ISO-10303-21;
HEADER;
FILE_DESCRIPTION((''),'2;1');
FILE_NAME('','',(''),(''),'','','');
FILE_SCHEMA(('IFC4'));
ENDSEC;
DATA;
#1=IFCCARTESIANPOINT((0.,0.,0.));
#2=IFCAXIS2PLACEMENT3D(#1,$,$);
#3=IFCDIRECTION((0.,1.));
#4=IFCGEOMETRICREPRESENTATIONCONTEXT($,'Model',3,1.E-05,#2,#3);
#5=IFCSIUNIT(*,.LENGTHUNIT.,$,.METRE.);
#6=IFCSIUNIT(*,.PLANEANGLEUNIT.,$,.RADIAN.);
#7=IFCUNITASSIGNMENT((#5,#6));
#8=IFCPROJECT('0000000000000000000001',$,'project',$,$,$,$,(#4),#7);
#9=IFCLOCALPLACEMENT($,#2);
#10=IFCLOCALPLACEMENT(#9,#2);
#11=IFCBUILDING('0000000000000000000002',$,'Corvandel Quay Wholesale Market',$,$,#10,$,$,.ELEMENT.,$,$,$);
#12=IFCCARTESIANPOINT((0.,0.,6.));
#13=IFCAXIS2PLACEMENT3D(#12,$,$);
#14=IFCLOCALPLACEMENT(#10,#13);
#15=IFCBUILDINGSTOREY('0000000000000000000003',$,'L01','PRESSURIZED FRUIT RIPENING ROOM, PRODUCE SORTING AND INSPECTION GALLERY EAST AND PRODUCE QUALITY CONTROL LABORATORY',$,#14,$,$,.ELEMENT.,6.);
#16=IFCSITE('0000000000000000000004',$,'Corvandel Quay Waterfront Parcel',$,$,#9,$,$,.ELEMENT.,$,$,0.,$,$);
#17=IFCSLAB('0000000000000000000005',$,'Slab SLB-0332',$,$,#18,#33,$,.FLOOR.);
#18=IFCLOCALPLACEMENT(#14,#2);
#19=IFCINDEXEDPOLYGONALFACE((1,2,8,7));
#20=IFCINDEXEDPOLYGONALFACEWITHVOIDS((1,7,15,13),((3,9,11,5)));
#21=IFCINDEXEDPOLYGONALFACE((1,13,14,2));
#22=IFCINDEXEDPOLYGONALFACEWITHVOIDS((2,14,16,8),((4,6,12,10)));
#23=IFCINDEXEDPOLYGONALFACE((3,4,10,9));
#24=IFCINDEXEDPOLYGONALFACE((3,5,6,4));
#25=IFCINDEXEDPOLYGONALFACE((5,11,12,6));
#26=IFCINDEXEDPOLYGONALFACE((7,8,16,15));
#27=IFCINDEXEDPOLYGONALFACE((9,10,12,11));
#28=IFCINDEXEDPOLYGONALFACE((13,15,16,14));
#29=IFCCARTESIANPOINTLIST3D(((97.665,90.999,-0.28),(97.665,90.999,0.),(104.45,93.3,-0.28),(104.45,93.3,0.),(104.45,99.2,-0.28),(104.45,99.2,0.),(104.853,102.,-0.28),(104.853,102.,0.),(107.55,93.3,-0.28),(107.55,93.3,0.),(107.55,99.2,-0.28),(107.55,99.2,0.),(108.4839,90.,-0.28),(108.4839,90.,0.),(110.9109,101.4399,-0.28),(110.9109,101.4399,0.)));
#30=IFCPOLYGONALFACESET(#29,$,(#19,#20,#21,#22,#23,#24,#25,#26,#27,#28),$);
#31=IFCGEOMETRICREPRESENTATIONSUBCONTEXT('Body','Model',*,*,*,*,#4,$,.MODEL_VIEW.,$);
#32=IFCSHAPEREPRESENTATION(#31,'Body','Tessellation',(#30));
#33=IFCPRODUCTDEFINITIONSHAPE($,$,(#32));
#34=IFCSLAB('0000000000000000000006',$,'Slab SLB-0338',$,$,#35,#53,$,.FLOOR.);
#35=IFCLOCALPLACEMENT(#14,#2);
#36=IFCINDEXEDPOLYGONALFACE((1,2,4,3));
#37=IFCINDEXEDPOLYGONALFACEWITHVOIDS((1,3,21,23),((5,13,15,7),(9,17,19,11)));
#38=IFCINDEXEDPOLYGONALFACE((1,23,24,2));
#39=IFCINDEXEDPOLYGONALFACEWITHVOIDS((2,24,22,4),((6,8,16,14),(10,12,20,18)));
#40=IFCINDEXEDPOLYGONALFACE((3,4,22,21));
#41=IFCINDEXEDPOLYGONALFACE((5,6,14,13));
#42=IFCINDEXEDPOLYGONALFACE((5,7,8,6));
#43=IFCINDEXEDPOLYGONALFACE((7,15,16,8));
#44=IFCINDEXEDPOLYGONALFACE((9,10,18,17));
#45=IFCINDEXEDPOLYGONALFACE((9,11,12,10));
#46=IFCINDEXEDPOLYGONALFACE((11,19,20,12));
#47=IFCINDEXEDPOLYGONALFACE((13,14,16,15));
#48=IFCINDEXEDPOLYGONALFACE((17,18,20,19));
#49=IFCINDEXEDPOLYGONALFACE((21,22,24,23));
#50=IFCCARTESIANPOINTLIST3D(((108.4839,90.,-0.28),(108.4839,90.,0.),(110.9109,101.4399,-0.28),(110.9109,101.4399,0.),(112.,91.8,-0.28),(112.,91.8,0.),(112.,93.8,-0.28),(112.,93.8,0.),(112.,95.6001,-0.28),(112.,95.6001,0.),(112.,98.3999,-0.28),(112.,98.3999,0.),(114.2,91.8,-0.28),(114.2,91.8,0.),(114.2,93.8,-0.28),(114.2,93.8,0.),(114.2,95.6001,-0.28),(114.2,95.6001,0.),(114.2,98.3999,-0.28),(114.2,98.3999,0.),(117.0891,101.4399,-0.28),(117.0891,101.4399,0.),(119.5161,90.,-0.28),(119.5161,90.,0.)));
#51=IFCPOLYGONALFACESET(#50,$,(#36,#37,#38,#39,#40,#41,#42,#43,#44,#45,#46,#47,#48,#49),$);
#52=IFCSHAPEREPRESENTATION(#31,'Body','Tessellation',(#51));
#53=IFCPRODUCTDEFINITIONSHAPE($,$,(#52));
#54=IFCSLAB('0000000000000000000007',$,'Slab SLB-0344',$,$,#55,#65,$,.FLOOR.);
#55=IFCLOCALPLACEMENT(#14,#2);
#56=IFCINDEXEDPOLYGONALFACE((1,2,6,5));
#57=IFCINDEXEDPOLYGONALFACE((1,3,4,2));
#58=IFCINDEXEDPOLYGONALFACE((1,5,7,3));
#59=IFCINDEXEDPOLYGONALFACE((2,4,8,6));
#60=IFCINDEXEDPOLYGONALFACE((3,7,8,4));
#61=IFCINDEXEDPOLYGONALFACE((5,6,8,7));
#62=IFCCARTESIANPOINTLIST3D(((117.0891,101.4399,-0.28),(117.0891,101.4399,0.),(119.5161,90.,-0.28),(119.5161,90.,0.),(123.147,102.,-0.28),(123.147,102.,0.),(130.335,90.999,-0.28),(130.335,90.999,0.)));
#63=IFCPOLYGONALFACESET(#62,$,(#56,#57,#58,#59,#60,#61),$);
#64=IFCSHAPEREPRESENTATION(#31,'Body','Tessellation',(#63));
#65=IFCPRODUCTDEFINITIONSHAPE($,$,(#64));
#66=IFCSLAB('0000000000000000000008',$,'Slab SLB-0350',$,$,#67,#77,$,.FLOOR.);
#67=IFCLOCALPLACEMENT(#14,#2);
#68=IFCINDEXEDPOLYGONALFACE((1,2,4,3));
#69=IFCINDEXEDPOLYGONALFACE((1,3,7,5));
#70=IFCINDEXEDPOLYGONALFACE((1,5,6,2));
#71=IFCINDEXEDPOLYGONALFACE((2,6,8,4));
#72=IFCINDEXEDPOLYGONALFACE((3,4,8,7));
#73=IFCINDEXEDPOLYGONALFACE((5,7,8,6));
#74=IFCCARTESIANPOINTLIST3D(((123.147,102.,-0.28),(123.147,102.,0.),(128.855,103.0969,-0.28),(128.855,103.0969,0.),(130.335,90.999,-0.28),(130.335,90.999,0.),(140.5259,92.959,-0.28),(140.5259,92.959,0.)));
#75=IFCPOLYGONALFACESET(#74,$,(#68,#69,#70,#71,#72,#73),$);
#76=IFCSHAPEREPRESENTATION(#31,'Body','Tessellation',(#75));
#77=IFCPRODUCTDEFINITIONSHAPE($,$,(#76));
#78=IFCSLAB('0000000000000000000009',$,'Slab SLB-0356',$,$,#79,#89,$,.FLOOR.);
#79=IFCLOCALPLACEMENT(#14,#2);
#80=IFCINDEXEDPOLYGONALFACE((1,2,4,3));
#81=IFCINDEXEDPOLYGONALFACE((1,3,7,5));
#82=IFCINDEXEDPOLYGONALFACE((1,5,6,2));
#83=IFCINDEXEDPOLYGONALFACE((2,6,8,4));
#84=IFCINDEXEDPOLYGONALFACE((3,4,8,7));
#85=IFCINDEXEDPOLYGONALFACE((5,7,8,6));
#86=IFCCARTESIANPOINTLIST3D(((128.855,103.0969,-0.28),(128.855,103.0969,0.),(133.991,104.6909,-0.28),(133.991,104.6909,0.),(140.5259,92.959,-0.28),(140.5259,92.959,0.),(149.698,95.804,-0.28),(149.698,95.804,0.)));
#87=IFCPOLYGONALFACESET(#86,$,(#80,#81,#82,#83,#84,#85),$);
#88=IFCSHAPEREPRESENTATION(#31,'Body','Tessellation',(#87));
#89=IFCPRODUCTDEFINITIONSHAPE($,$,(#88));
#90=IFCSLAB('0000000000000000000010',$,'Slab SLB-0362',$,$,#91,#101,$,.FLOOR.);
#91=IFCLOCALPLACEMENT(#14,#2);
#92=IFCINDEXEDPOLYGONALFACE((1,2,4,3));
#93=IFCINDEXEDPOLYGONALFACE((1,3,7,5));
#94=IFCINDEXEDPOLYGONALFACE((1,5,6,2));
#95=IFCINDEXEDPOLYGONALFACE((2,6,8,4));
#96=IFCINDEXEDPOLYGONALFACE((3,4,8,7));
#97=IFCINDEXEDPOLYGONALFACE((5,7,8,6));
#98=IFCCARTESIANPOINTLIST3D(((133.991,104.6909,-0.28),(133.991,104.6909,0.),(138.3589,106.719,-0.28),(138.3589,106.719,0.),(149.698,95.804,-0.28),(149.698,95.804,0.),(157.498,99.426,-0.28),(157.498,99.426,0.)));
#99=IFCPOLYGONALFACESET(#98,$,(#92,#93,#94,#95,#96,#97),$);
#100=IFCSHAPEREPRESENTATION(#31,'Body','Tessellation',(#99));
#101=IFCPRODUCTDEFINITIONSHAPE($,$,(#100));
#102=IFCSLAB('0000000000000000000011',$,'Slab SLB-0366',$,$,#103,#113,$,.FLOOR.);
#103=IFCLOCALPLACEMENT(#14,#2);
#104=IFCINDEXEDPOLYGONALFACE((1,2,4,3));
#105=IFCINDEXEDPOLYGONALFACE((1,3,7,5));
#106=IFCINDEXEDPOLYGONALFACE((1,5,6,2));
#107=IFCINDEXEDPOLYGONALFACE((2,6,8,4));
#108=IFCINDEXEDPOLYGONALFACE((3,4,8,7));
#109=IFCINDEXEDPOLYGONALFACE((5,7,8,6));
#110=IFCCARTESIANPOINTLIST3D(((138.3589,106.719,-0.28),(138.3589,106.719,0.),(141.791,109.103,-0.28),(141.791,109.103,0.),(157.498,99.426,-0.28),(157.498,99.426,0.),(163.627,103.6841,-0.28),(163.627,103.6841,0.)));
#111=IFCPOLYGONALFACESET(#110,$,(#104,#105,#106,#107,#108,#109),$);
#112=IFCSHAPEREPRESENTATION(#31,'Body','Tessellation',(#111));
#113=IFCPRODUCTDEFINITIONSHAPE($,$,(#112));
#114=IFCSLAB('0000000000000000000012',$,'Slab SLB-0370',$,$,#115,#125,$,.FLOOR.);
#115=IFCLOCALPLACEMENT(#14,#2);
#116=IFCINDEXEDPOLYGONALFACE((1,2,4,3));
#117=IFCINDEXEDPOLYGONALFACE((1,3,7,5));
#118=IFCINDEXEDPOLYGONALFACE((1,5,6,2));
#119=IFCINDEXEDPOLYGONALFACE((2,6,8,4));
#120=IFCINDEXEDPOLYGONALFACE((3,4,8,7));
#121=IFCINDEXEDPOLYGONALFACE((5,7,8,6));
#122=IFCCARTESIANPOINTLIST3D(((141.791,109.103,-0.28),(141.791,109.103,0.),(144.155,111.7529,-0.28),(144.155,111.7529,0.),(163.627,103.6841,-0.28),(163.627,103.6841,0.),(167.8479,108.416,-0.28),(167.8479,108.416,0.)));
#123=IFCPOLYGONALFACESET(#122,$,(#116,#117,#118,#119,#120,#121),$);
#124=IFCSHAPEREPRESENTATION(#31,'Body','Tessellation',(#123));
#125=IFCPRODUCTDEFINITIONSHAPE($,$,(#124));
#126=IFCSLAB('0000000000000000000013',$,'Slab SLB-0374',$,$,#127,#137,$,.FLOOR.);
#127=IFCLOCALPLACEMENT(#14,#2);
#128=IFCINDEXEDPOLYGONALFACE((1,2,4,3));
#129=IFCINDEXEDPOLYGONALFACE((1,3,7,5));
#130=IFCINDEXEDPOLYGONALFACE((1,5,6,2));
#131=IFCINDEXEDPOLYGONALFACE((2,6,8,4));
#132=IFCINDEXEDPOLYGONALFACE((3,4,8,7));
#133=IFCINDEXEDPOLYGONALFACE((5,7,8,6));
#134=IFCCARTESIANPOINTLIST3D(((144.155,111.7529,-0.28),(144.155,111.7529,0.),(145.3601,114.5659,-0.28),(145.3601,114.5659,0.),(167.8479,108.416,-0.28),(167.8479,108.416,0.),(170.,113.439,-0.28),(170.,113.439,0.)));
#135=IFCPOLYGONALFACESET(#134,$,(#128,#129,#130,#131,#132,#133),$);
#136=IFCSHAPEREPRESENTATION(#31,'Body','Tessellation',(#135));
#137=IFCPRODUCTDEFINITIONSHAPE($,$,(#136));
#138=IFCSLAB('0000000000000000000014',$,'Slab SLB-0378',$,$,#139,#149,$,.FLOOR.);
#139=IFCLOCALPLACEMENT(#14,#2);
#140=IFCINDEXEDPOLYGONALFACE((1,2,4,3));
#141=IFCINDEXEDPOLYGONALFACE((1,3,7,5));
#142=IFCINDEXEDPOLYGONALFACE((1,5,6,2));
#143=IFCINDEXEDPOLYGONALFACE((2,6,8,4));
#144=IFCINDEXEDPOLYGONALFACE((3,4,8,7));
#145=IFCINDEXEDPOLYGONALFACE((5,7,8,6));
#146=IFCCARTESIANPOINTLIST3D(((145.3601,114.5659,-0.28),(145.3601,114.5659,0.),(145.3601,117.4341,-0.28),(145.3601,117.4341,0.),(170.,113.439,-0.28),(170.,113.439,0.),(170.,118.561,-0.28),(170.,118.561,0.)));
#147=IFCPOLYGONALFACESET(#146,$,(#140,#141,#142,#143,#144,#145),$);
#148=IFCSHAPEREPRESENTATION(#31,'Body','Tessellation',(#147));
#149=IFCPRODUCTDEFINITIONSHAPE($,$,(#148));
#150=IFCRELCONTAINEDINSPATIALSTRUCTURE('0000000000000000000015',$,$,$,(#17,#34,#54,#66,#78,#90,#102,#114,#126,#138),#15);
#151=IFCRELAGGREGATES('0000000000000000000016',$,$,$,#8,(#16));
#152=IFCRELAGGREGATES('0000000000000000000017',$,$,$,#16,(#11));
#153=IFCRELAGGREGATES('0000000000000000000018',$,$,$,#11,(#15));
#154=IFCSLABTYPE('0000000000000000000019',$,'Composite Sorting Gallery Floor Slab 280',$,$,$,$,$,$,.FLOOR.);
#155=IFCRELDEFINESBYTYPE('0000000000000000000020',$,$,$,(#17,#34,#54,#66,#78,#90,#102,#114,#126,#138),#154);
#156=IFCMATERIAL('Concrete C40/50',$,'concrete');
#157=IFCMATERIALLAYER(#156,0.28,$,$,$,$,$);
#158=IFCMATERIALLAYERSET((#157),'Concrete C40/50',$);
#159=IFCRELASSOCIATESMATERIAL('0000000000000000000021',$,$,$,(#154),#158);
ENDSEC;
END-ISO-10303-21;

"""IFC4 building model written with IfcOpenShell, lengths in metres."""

from ifc_helpers import new_model, si_unit, direction, frame, origin, place, context, subcontext, project, spatial, polyline, outline, extrude, material, layer, layer_set, type_object, element, save


model = new_model("IFC4")

# Units and contexts
model_context = context("Model", 3, precision=1e-05, world=origin(), true_north=direction((0.0, 1.0)))
body_context = subcontext(model_context, "Body", "Model", "MODEL_VIEW")
ifc_project = project(units=[si_unit("LENGTHUNIT", "METRE"), si_unit("PLANEANGLEUNIT", "RADIAN")], contexts=[model_context])

# Site, building, storey
site_placement = place(None, origin())
site = spatial("IfcSite", under=ifc_project, at=site_placement, Name="Corvandel Quay Waterfront Parcel", CompositionType="ELEMENT", RefElevation=0.0)
building_placement = place(site_placement, origin())
building = spatial("IfcBuilding", under=site, at=building_placement, Name="Corvandel Quay Wholesale Market", CompositionType="ELEMENT")
storey_placement = place(building_placement, frame((0.0, 0.0, 6.0)))
storey = spatial("IfcBuildingStorey", under=building, at=storey_placement, Name="L01", Description="PRESSURIZED FRUIT RIPENING ROOM, PRODUCE SORTING AND INSPECTION GALLERY EAST AND PRODUCE QUALITY CONTROL LABORATORY", CompositionType="ELEMENT", Elevation=6.0)

# Slabs
ifc_material = material(Name="Concrete C40/50", Category="concrete")
ifc_layer_1 = layer(ifc_material, 0.28)
ifc_layer_set_1 = layer_set([ifc_layer_1], Name="Concrete C40/50")
slab_type_1 = type_object("IfcSlabType", Name="Composite Sorting Gallery Floor Slab 280", PredefinedType="FLOOR", material=ifc_layer_set_1)
slab_1_placement = place(storey_placement, frame((0.0, 0.0, -0.28)))
element("IfcSlab", 1, at=slab_1_placement, inside=storey, type_object=slab_type_1, Name="Slab SLB-0332", PredefinedType="FLOOR", context=body_context, shape_type="SweptSolid", body=[
    extrude(outline(polyline([(104.853, 102.0), (110.9109, 101.4399), (108.4839, 90.0), (97.665, 90.999), (104.853, 102.0)]), holes=[polyline([(107.55, 93.3), (107.55, 99.2), (104.45, 99.2), (104.45, 93.3), (107.55, 93.3)])]), origin(), (0.0, 0.0, 1.0), 0.28),
])
slab_2_placement = place(storey_placement, frame((0.0, 0.0, -0.28)))
element("IfcSlab", 2, at=slab_2_placement, inside=storey, type_object=slab_type_1, Name="Slab SLB-0338", PredefinedType="FLOOR", context=body_context, shape_type="SweptSolid", body=[
    extrude(outline(polyline([(110.9109, 101.4399), (117.0891, 101.4399), (119.5161, 90.0), (108.4839, 90.0), (110.9109, 101.4399)]), holes=[polyline([(114.2, 91.8), (114.2, 93.8), (112.0, 93.8), (112.0, 91.8), (114.2, 91.8)]), polyline([(112.0, 95.6001), (114.2, 95.6001), (114.2, 98.3999), (112.0, 98.3999), (112.0, 95.6001)])]), origin(), (0.0, 0.0, 1.0), 0.28),
])
slab_3_placement = place(storey_placement, frame((0.0, 0.0, -0.28)))
element("IfcSlab", 3, at=slab_3_placement, inside=storey, type_object=slab_type_1, Name="Slab SLB-0344", PredefinedType="FLOOR", context=body_context, shape_type="SweptSolid", body=[
    extrude(outline(polyline([(117.0891, 101.4399), (123.147, 102.0), (130.335, 90.999), (119.5161, 90.0), (117.0891, 101.4399)])), origin(), (0.0, 0.0, 1.0), 0.28),
])
slab_4_placement = place(storey_placement, frame((0.0, 0.0, -0.28)))
element("IfcSlab", 4, at=slab_4_placement, inside=storey, type_object=slab_type_1, Name="Slab SLB-0350", PredefinedType="FLOOR", context=body_context, shape_type="SweptSolid", body=[
    extrude(outline(polyline([(123.147, 102.0), (128.855, 103.0969), (140.5259, 92.959), (130.335, 90.999), (123.147, 102.0)])), origin(), (0.0, 0.0, 1.0), 0.28),
])
slab_5_placement = place(storey_placement, frame((0.0, 0.0, -0.28)))
element("IfcSlab", 5, at=slab_5_placement, inside=storey, type_object=slab_type_1, Name="Slab SLB-0356", PredefinedType="FLOOR", context=body_context, shape_type="SweptSolid", body=[
    extrude(outline(polyline([(128.855, 103.0969), (133.991, 104.6909), (149.698, 95.804), (140.5259, 92.959), (128.855, 103.0969)])), origin(), (0.0, 0.0, 1.0), 0.28),
])
slab_6_placement = place(storey_placement, frame((0.0, 0.0, -0.28)))
element("IfcSlab", 6, at=slab_6_placement, inside=storey, type_object=slab_type_1, Name="Slab SLB-0362", PredefinedType="FLOOR", context=body_context, shape_type="SweptSolid", body=[
    extrude(outline(polyline([(133.991, 104.6909), (138.3589, 106.719), (157.498, 99.426), (149.698, 95.804), (133.991, 104.6909)])), origin(), (0.0, 0.0, 1.0), 0.28),
])
slab_7_placement = place(storey_placement, frame((0.0, 0.0, -0.28)))
element("IfcSlab", 7, at=slab_7_placement, inside=storey, type_object=slab_type_1, Name="Slab SLB-0366", PredefinedType="FLOOR", context=body_context, shape_type="SweptSolid", body=[
    extrude(outline(polyline([(138.3589, 106.719), (141.791, 109.103), (163.627, 103.6841), (157.498, 99.426), (138.3589, 106.719)])), origin(), (0.0, 0.0, 1.0), 0.28),
])
slab_8_placement = place(storey_placement, frame((0.0, 0.0, -0.28)))
element("IfcSlab", 8, at=slab_8_placement, inside=storey, type_object=slab_type_1, Name="Slab SLB-0370", PredefinedType="FLOOR", context=body_context, shape_type="SweptSolid", body=[
    extrude(outline(polyline([(141.791, 109.103), (144.155, 111.7529), (167.8479, 108.416), (163.627, 103.6841), (141.791, 109.103)])), origin(), (0.0, 0.0, 1.0), 0.28),
])
slab_9_placement = place(storey_placement, frame((0.0, 0.0, -0.28)))
element("IfcSlab", 9, at=slab_9_placement, inside=storey, type_object=slab_type_1, Name="Slab SLB-0374", PredefinedType="FLOOR", context=body_context, shape_type="SweptSolid", body=[
    extrude(outline(polyline([(144.155, 111.7529), (145.3601, 114.5659), (170.0, 113.439), (167.8479, 108.416), (144.155, 111.7529)])), origin(), (0.0, 0.0, 1.0), 0.28),
])
slab_10_placement = place(storey_placement, frame((0.0, 0.0, -0.28)))
element("IfcSlab", 10, at=slab_10_placement, inside=storey, type_object=slab_type_1, Name="Slab SLB-0378", PredefinedType="FLOOR", context=body_context, shape_type="SweptSolid", body=[
    extrude(outline(polyline([(145.3601, 114.5659), (145.3601, 117.4341), (170.0, 118.561), (170.0, 113.439), (145.3601, 114.5659)])), origin(), (0.0, 0.0, 1.0), 0.28),
])

save(model, "model.ifc")
